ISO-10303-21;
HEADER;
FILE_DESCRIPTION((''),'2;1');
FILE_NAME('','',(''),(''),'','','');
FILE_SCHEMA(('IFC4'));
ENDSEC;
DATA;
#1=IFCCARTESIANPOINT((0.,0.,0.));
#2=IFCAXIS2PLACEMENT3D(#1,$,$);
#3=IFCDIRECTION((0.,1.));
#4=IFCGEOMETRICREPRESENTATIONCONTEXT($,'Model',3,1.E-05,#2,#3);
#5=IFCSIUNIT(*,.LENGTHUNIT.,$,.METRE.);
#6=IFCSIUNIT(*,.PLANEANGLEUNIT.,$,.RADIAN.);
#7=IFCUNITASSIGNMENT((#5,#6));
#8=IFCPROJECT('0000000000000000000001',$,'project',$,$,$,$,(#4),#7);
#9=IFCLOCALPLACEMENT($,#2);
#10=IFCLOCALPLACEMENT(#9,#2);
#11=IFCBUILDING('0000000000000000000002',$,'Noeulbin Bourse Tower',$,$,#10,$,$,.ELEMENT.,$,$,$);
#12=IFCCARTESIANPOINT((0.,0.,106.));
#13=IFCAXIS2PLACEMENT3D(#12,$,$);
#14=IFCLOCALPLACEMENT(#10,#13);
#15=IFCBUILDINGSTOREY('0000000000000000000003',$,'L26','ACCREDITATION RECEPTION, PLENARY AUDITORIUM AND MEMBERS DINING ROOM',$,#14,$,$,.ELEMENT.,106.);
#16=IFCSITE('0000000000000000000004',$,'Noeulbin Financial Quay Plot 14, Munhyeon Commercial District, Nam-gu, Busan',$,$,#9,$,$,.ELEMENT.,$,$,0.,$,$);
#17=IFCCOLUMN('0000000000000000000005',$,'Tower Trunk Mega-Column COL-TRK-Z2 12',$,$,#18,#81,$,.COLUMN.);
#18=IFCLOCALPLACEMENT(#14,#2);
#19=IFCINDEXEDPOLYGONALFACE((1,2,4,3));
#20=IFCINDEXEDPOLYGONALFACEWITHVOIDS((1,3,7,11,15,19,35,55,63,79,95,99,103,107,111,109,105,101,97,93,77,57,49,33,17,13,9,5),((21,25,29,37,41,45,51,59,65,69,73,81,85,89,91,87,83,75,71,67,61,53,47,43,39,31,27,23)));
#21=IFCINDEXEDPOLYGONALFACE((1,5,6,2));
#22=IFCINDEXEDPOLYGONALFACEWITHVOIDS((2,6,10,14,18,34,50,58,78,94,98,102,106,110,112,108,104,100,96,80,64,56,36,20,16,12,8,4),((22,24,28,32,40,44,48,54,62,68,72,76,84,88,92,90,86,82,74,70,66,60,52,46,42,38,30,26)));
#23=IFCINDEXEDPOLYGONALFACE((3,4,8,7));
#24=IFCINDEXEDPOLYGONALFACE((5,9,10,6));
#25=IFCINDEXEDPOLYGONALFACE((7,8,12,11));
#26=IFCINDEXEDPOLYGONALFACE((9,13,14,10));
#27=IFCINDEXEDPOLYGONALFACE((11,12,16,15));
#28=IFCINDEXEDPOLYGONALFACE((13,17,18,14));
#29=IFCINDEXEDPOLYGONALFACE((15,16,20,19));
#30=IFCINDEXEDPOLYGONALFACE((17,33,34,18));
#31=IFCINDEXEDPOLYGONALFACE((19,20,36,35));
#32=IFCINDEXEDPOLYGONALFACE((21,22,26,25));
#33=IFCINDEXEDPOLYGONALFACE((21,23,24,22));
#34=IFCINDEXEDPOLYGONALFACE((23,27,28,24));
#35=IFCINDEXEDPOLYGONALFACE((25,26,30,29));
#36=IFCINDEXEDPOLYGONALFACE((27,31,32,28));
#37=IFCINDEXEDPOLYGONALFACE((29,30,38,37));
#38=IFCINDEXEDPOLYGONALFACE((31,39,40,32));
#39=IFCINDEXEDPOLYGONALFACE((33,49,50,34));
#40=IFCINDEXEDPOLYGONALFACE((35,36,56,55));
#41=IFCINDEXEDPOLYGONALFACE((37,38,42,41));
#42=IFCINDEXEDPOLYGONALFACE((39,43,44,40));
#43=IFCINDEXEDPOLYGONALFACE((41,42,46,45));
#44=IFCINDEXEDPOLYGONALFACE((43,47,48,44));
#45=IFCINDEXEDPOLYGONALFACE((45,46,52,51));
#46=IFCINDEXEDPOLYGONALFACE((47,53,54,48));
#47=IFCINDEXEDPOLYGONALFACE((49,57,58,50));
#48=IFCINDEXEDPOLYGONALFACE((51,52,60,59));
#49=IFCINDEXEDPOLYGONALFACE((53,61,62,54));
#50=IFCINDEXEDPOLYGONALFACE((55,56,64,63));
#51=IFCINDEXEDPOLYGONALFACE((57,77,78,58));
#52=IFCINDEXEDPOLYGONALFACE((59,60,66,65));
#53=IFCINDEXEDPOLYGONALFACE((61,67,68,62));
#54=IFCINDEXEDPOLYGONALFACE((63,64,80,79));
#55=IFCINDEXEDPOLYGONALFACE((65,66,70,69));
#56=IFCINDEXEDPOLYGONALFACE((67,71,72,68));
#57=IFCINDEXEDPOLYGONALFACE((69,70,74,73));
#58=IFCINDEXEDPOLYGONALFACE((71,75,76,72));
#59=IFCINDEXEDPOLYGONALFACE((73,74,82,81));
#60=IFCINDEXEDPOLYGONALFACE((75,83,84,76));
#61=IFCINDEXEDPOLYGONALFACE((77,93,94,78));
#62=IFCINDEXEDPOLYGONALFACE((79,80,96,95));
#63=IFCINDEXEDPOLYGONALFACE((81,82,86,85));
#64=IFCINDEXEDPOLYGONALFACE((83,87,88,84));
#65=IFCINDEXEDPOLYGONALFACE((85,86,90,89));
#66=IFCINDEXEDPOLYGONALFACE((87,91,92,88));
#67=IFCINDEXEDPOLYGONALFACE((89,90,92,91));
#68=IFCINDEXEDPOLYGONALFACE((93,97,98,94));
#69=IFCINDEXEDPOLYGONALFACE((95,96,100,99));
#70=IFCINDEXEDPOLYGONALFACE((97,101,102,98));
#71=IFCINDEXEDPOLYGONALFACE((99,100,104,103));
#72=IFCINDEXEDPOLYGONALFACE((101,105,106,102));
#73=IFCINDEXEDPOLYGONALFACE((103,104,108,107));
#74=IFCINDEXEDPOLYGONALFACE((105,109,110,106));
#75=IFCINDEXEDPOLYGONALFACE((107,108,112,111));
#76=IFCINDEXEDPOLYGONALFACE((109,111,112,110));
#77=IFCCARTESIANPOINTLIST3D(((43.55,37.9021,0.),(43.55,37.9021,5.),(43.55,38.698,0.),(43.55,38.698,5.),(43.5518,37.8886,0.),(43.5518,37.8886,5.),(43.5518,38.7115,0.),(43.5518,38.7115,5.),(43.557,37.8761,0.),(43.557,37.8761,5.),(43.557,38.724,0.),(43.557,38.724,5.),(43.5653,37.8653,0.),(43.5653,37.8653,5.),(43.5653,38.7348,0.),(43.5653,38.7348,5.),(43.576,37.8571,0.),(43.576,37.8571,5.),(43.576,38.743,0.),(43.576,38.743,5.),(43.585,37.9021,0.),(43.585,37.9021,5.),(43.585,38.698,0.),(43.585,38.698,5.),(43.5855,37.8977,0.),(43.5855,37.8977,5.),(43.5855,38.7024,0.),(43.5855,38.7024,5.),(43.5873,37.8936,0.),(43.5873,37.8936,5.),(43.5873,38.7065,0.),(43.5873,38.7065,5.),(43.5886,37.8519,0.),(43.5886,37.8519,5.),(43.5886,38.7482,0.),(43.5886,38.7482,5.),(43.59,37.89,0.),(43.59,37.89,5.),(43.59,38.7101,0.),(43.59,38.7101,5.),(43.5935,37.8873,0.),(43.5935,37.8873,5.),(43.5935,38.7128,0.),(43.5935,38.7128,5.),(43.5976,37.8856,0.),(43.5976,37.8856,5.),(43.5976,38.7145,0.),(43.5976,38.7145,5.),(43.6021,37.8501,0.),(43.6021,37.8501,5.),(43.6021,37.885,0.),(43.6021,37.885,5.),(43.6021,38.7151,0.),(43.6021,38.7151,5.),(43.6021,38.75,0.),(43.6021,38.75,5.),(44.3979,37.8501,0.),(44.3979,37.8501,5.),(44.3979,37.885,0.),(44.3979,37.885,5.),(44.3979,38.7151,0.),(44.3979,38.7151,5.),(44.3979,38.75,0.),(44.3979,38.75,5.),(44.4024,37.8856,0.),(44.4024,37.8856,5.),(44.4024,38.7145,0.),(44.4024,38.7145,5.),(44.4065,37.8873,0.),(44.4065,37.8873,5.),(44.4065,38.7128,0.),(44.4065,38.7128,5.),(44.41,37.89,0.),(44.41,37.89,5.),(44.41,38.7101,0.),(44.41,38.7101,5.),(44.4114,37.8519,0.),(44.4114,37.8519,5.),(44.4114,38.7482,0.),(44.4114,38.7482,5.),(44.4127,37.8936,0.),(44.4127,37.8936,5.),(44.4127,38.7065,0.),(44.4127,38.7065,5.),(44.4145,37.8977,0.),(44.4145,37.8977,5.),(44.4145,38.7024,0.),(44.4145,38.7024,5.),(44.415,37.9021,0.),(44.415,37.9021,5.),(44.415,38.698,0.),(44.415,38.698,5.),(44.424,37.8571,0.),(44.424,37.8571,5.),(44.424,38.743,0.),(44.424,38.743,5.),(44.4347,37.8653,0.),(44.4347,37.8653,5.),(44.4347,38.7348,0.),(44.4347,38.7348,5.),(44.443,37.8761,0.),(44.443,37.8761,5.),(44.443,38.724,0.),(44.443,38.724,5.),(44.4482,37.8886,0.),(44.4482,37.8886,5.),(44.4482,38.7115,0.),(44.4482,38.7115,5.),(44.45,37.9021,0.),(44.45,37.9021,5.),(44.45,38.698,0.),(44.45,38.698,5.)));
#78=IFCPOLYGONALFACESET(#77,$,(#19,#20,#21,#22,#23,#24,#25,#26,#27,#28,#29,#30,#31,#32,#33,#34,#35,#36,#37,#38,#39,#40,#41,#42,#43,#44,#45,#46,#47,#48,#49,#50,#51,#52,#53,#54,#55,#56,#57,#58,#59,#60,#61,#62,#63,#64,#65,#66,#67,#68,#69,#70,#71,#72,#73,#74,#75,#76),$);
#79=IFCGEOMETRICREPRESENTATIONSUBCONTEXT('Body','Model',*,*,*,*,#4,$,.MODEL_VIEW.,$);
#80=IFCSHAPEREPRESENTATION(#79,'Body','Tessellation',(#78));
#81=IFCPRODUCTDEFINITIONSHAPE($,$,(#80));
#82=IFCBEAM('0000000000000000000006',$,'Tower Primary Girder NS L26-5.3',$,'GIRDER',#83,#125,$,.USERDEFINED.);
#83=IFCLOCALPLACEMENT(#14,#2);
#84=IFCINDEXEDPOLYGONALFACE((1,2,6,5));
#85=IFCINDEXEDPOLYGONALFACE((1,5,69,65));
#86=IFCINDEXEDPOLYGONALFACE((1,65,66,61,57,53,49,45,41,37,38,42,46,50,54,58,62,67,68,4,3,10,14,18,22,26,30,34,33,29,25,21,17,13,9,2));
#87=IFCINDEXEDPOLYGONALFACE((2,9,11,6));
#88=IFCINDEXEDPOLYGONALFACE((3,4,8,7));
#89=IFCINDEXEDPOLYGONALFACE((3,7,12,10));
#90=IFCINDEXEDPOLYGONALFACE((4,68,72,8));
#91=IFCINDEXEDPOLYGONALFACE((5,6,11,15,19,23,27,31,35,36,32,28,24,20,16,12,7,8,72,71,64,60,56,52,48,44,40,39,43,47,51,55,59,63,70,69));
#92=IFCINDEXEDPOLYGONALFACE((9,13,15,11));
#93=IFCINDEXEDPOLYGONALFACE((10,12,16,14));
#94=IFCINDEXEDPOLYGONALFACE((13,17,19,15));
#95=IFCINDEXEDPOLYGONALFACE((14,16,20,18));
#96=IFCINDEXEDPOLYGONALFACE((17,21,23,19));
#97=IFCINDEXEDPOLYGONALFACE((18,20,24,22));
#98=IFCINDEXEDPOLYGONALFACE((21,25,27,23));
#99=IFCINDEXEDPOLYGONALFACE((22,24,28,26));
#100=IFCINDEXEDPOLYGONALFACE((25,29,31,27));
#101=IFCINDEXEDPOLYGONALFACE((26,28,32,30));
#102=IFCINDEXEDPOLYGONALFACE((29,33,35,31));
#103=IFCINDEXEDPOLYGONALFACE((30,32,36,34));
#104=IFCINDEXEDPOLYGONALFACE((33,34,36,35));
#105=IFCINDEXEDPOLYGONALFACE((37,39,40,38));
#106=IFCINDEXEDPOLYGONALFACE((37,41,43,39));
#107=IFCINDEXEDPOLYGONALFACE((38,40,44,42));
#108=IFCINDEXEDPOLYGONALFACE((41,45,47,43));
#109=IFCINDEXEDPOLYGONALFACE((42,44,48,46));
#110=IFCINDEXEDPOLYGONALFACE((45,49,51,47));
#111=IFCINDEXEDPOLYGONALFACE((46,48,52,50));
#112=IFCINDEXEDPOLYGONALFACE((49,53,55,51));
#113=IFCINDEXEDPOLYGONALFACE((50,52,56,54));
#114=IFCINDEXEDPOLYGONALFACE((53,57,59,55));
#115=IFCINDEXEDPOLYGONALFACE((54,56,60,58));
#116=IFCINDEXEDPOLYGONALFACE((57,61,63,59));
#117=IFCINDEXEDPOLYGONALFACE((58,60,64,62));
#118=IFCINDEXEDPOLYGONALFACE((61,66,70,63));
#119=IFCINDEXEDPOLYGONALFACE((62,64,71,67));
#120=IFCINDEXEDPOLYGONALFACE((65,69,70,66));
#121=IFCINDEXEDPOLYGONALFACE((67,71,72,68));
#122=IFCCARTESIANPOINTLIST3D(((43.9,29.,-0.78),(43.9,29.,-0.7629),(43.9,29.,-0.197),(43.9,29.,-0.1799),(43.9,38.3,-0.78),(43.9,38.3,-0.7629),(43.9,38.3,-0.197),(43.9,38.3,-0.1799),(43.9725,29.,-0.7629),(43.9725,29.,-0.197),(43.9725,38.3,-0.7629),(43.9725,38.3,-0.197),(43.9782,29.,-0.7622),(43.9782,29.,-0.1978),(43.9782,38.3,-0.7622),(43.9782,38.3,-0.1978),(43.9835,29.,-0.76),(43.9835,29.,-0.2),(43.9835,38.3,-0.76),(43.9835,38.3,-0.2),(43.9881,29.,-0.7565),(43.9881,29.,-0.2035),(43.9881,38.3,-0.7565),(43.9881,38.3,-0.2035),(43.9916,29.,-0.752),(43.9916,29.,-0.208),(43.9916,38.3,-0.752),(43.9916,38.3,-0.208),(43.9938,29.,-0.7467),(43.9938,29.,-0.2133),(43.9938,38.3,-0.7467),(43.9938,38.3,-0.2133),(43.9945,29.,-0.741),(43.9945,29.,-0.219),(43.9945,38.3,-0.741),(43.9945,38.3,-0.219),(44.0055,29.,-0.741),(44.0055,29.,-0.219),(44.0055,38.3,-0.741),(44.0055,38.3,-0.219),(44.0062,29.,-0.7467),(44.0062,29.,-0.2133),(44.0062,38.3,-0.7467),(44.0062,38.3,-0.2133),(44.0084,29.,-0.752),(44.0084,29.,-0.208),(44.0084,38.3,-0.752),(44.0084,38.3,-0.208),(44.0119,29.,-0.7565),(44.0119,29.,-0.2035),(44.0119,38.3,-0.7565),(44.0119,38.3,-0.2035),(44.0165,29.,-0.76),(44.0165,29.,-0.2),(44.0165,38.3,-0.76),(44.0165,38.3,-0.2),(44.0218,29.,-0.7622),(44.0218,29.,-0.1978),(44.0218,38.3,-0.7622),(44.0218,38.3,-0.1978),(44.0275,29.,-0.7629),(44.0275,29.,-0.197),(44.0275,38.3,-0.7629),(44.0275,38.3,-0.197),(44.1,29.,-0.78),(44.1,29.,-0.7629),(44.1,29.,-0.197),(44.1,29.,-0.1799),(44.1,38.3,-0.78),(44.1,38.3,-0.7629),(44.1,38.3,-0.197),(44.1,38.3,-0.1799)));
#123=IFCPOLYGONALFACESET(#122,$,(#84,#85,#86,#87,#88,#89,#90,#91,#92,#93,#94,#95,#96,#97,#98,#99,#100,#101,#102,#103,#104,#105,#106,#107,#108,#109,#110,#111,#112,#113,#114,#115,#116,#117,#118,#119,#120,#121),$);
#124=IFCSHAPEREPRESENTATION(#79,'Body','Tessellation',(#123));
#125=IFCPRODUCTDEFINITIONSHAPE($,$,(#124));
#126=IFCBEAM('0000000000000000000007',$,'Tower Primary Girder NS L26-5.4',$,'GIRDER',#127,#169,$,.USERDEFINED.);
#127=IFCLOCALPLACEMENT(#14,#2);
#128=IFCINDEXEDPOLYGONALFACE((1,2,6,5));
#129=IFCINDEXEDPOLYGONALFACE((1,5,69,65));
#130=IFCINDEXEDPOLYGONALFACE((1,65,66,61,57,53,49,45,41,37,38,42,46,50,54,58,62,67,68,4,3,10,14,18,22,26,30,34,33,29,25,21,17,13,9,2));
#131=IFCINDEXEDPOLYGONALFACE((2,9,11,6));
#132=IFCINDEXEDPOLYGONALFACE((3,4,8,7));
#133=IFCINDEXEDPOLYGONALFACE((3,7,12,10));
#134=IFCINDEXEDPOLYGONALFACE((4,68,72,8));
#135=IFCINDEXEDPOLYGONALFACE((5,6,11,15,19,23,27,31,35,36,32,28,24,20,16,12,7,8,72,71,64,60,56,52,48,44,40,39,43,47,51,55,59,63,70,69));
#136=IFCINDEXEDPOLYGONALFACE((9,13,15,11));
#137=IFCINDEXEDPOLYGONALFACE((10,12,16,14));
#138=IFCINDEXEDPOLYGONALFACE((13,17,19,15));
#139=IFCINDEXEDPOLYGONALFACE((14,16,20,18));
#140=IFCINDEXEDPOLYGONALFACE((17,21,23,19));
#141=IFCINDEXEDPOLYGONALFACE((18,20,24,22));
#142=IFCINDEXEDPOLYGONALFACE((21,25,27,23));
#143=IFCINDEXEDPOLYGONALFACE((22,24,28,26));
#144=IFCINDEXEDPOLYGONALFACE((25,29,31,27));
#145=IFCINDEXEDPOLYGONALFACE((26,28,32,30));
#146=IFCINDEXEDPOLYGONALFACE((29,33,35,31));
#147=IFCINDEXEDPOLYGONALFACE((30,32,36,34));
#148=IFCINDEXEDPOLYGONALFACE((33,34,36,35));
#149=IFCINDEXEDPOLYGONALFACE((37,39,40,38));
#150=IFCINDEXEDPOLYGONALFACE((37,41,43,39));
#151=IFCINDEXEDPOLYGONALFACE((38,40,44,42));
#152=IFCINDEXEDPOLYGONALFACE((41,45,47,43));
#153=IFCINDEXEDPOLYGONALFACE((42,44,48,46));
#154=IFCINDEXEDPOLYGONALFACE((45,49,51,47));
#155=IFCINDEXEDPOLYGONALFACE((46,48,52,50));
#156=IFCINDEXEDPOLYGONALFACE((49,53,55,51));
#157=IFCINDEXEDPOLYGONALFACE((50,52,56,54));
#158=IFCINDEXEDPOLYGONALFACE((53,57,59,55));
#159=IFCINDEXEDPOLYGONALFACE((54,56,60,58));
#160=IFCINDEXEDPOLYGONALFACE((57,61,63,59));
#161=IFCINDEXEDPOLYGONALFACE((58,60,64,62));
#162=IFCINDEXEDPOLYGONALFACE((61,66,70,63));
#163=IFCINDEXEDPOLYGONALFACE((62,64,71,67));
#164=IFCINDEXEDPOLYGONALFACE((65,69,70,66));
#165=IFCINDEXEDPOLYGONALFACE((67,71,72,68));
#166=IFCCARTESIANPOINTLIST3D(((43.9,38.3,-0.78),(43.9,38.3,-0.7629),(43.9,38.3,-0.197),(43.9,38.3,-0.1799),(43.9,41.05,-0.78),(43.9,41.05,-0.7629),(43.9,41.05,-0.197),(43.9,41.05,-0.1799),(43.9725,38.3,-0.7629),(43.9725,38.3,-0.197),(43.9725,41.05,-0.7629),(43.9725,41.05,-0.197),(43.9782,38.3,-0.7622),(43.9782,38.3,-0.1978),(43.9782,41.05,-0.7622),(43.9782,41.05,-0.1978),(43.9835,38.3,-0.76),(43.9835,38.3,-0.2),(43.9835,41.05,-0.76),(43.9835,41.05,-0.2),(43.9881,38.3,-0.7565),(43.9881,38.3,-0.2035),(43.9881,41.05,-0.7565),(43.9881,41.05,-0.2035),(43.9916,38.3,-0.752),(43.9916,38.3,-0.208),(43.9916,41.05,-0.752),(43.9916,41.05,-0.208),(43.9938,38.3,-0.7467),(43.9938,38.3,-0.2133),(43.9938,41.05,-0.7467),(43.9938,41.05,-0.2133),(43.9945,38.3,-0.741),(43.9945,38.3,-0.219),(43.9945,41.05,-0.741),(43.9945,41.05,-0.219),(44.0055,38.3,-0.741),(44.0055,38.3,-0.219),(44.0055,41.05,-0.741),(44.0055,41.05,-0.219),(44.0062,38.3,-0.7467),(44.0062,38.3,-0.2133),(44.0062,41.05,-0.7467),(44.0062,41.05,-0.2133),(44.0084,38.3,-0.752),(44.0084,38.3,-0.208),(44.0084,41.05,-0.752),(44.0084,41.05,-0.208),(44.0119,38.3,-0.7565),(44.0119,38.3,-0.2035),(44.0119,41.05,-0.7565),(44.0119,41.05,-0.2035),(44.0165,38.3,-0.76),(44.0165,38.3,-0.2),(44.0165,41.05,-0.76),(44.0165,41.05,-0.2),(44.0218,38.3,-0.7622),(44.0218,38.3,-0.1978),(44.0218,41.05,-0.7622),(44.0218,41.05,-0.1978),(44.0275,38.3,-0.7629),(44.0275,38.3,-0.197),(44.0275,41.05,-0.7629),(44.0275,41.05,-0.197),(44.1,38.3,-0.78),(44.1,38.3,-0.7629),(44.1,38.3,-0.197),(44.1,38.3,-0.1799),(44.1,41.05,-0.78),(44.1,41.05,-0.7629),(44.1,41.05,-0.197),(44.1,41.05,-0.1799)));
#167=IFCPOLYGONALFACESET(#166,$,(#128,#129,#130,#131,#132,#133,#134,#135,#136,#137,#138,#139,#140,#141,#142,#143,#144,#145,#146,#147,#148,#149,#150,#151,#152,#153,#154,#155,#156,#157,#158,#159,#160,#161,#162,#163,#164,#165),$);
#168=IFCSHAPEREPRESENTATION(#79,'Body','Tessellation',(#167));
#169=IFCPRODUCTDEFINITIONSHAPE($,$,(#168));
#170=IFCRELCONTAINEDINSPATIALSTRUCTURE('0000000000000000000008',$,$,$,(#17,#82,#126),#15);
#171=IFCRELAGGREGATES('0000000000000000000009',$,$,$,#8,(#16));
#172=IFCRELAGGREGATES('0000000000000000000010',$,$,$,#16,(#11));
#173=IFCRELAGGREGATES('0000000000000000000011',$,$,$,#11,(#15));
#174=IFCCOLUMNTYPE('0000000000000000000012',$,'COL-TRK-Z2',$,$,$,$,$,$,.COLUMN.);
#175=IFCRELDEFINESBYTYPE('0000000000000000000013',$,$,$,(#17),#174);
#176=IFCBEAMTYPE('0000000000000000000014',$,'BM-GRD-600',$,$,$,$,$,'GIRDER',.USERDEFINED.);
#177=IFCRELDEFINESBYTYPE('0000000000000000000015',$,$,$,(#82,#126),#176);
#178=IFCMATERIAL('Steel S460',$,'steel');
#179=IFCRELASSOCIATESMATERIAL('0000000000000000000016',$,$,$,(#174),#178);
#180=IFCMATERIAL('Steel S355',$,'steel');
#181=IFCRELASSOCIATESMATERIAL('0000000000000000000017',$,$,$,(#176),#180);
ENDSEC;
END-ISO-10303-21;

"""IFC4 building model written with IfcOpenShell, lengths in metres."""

from ifc_helpers import new_model, si_unit, direction, frame, origin, origin_2d, place, context, subcontext, project, spatial, hollow_rectangle, i_section, extrude, material, material_profile, profile_set, type_object, element, save


model = new_model("IFC4")

# Units and contexts
model_context = context("Model", 3, precision=1e-05, world=origin(), true_north=direction((0.0, 1.0)))
body_context = subcontext(model_context, "Body", "Model", "MODEL_VIEW")
ifc_project = project(units=[si_unit("LENGTHUNIT", "METRE"), si_unit("PLANEANGLEUNIT", "RADIAN")], contexts=[model_context])

# Site, building, storey
site_placement = place(None, origin())
site = spatial("IfcSite", under=ifc_project, at=site_placement, Name="Noeulbin Financial Quay Plot 14, Munhyeon Commercial District, Nam-gu, Busan", CompositionType="ELEMENT", RefElevation=0.0)
building_placement = place(site_placement, origin())
building = spatial("IfcBuilding", under=site, at=building_placement, Name="Noeulbin Bourse Tower", CompositionType="ELEMENT")
storey_placement = place(building_placement, frame((0.0, 0.0, 106.0)))
storey = spatial("IfcBuildingStorey", under=building, at=storey_placement, Name="L26", Description="ACCREDITATION RECEPTION, PLENARY AUDITORIUM AND MEMBERS DINING ROOM", CompositionType="ELEMENT", Elevation=106.0)

# Column
ifc_material_1 = material(Name="Steel S355", Category="steel")
ifc_material_2 = material(Name="Steel S460", Category="steel")
ifc_material_profile_1 = material_profile(ifc_material_2, hollow_rectangle(XDim=0.8999, YDim=0.8999, WallThickness=0.0349, InnerFilletRadius=0.0171, OuterFilletRadius=0.052, at=origin_2d()), Name="BOX-900x900x35", Category="LoadBearing")
ifc_profile_set_1 = profile_set([ifc_material_profile_1], Name="Steel S460")
column_type_1 = type_object("IfcColumnType", Name="COL-TRK-Z2", PredefinedType="COLUMN", material=ifc_profile_set_1)
for number, where, z_axis, x_axis, name in (
    (1, (44.0, 38.3, 0.0), (0.0, 0.0, 1.0), (1.0, 0.0, 0.0), "Tower Trunk Mega-Column COL-TRK-Z2 12"),
):
    element("IfcColumn", number, at=place(storey_placement, frame(where, z_axis=z_axis, x_axis=x_axis)), inside=storey, type_object=column_type_1, Name=name, PredefinedType="COLUMN", context=body_context, shape_type="SweptSolid", body=[
        extrude(hollow_rectangle(XDim=0.8999, YDim=0.8999, WallThickness=0.0349, InnerFilletRadius=0.0171, OuterFilletRadius=0.052, at=origin_2d()), origin(), (0.0, 0.0, 1.0), 5.0),
    ])

# Beams
ifc_material_profile_2 = material_profile(ifc_material_1, i_section(OverallWidth=0.2, OverallDepth=0.6001, WebThickness=0.011, FlangeThickness=0.0171, FilletRadius=0.022, at=origin_2d()), Name="H-600x200x11x17", Category="LoadBearing")
ifc_profile_set_2 = profile_set([ifc_material_profile_2], Name="Steel S355")
beam_type_1 = type_object("IfcBeamType", Name="BM-GRD-600", ElementType="GIRDER", PredefinedType="USERDEFINED", material=ifc_profile_set_2)
beam_1_placement = place(storey_placement, frame((44.0, 29.0, -0.48), z_axis=(0.0, 1.0, 0.0), x_axis=(-1.0, 0.0, 0.0)))
element("IfcBeam", 2, at=beam_1_placement, inside=storey, type_object=beam_type_1, Name="Tower Primary Girder NS L26-5.3", ObjectType="GIRDER", PredefinedType="USERDEFINED", context=body_context, shape_type="SweptSolid", body=[
    extrude(i_section(OverallWidth=0.2, OverallDepth=0.6001, WebThickness=0.011, FlangeThickness=0.0171, FilletRadius=0.022, at=origin_2d()), origin(), (0.0, 0.0, 1.0), 9.3),
])
beam_2_placement = place(storey_placement, frame((44.0, 38.3, -0.48), z_axis=(0.0, 1.0, 0.0), x_axis=(-1.0, 0.0, 0.0)))
element("IfcBeam", 3, at=beam_2_placement, inside=storey, type_object=beam_type_1, Name="Tower Primary Girder NS L26-5.4", ObjectType="GIRDER", PredefinedType="USERDEFINED", context=body_context, shape_type="SweptSolid", body=[
    extrude(i_section(OverallWidth=0.2, OverallDepth=0.6001, WebThickness=0.011, FlangeThickness=0.0171, FilletRadius=0.022, at=origin_2d()), origin(), (0.0, 0.0, 1.0), 2.75),
])

save(model, "model.ifc")
